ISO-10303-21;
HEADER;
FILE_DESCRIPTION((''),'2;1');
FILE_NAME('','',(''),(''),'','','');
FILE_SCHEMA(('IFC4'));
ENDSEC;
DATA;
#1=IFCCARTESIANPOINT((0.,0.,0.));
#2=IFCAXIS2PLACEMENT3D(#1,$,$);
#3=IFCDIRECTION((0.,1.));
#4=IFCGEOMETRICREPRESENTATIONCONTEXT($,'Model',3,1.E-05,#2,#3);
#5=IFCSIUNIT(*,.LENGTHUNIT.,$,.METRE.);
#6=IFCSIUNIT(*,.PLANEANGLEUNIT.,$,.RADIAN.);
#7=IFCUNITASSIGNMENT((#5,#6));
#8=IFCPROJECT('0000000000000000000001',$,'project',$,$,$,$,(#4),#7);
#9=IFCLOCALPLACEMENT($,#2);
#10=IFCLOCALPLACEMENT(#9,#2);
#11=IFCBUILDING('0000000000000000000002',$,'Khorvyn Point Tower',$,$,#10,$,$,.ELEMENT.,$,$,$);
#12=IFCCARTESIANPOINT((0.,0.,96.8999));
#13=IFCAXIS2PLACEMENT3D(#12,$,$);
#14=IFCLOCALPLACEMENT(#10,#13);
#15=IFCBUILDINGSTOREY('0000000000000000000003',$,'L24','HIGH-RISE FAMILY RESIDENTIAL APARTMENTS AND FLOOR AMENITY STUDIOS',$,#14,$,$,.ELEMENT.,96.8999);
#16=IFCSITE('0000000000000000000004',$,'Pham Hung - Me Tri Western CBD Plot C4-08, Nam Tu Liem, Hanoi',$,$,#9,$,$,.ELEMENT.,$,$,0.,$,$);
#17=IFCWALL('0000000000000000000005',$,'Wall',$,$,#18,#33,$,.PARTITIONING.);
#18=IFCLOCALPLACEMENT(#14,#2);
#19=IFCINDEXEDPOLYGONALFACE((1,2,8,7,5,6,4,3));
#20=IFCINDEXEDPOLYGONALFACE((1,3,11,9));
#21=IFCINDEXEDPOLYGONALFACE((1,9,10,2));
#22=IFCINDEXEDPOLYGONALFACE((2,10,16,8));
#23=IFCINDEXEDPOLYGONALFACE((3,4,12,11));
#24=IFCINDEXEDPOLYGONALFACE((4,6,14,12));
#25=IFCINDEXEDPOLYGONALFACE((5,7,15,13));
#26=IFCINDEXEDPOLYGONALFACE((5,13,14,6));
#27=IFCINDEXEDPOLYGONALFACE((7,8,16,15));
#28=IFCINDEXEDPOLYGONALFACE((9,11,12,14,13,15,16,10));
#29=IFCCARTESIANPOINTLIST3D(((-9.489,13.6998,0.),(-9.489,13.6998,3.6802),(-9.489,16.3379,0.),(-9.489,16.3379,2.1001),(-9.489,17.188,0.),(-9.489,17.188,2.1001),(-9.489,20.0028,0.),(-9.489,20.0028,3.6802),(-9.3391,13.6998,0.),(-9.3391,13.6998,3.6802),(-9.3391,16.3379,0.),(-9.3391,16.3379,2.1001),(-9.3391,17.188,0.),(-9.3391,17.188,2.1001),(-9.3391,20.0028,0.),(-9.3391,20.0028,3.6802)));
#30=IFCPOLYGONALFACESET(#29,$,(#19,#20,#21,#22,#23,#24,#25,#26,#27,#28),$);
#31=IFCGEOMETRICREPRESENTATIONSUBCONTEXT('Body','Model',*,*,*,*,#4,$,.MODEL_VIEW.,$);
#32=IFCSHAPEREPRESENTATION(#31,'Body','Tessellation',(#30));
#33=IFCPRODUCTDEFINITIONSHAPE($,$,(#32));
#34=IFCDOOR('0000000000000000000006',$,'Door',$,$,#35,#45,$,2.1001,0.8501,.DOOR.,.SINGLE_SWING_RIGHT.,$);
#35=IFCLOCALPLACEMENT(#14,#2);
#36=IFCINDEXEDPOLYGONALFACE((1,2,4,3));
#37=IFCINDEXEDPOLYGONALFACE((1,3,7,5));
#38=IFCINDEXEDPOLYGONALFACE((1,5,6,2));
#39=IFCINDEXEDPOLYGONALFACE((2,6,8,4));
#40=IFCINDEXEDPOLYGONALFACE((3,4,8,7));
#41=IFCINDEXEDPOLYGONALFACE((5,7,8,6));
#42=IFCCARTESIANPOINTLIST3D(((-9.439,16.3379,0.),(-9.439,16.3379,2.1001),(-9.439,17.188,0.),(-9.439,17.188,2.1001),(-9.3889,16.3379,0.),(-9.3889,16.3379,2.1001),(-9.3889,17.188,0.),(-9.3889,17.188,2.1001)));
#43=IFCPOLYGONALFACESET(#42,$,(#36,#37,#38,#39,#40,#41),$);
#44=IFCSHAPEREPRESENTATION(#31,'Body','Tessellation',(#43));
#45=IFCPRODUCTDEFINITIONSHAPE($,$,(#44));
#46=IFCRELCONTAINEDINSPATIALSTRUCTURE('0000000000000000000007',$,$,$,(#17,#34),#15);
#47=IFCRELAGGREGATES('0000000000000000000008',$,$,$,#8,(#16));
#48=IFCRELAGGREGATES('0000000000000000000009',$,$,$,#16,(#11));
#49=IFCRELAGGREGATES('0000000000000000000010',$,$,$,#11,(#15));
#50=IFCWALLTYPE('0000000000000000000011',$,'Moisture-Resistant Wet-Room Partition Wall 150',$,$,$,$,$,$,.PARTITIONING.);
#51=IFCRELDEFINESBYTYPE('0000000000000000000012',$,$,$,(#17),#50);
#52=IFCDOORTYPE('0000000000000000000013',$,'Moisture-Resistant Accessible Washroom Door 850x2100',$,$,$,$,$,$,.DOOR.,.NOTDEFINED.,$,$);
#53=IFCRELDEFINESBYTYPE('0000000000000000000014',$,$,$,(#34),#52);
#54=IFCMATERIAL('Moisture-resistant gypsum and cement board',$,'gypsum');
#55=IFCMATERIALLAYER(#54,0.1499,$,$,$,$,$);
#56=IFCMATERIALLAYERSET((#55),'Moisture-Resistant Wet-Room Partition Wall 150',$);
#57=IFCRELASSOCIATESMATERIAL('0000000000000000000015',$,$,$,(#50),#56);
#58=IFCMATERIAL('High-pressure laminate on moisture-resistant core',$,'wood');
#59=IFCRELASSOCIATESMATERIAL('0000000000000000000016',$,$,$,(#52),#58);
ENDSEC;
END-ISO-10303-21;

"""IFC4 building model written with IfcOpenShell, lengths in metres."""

from ifc_helpers import new_model, si_unit, direction, frame, frame_2d, origin, place, context, subcontext, project, spatial, rectangle, extrude, material, layer, layer_set, type_object, element, fill, save


model = new_model("IFC4")

# Units and contexts
model_context = context("Model", 3, precision=1e-05, world=origin(), true_north=direction((0.0, 1.0)))
body_context = subcontext(model_context, "Body", "Model", "MODEL_VIEW")
ifc_project = project(units=[si_unit("LENGTHUNIT", "METRE"), si_unit("PLANEANGLEUNIT", "RADIAN")], contexts=[model_context])

# Site, building, storey
site_placement = place(None, origin())
site = spatial("IfcSite", under=ifc_project, at=site_placement, Name="Pham Hung - Me Tri Western CBD Plot C4-08, Nam Tu Liem, Hanoi", CompositionType="ELEMENT", RefElevation=0.0)
building_placement = place(site_placement, origin())
building = spatial("IfcBuilding", under=site, at=building_placement, Name="Khorvyn Point Tower", CompositionType="ELEMENT")
storey_placement = place(building_placement, frame((0.0, 0.0, 96.8999)))
storey = spatial("IfcBuildingStorey", under=building, at=storey_placement, Name="L24", Description="HIGH-RISE FAMILY RESIDENTIAL APARTMENTS AND FLOOR AMENITY STUDIOS", CompositionType="ELEMENT", Elevation=96.8999)

# Wall, opening, door
ifc_material_1 = material(Name="Moisture-resistant gypsum and cement board", Category="gypsum")
ifc_layer_1 = layer(ifc_material_1, 0.1499)
ifc_layer_set_1 = layer_set([ifc_layer_1], Name="Moisture-Resistant Wet-Room Partition Wall 150")
wall_type_1 = type_object("IfcWallType", Name="Moisture-Resistant Wet-Room Partition Wall 150", PredefinedType="PARTITIONING", material=ifc_layer_set_1)
wall_1_placement = place(storey_placement, frame((-9.4141, 13.7, 0.0), z_axis=(0.0, 0.0, 1.0), x_axis=(0.0, 1.0, 0.0)))
wall_1 = element("IfcWall", 1, at=wall_1_placement, inside=storey, type_object=wall_type_1, Name="Wall", PredefinedType="PARTITIONING", context=body_context, shape_type="SweptSolid", body=[
    extrude(rectangle(XDim=6.303, YDim=0.1499, at=frame_2d((3.1514, 0.0))), origin(), (0.0, 0.0, 1.0), 3.6802),
])
opening_1_placement = place(wall_1_placement, frame((2.6379, 0.0, 0.0)))
opening_1 = element("IfcOpeningElement", 2, at=opening_1_placement, cuts=wall_1, PredefinedType="OPENING", context=body_context, shape_type="SweptSolid", body=[
    extrude(rectangle(XDim=0.8501, YDim=2.1001, at=frame_2d((0.425, 1.05))), frame((0.0, 0.085, 0.0), z_axis=(0.0, -1.0, 0.0), x_axis=(1.0, 0.0, 0.0)), (0.0, 0.0, 1.0), 0.1699),
])
ifc_material_2 = material(Name="High-pressure laminate on moisture-resistant core", Category="wood")
door_type_1 = type_object("IfcDoorType", Name="Moisture-Resistant Accessible Washroom Door 850x2100", OperationType="NOTDEFINED", PredefinedType="DOOR", material=ifc_material_2)
door_1_placement = place(opening_1_placement, origin())
door_1 = element("IfcDoor", 3, at=door_1_placement, inside=storey, type_object=door_type_1, Name="Door", OperationType="SINGLE_SWING_RIGHT", OverallHeight=2.1001, OverallWidth=0.8501, PredefinedType="DOOR", context=body_context, shape_type="SweptSolid", body=[
    extrude(rectangle(XDim=0.8501, YDim=2.1001, at=frame_2d((0.425, 1.05))), frame((0.0, 0.0249, 0.0), z_axis=(0.0, -1.0, 0.0), x_axis=(1.0, 0.0, 0.0)), (0.0, 0.0, 1.0), 0.05),
])
fill(opening_1, door_1)

save(model, "model.ifc")
